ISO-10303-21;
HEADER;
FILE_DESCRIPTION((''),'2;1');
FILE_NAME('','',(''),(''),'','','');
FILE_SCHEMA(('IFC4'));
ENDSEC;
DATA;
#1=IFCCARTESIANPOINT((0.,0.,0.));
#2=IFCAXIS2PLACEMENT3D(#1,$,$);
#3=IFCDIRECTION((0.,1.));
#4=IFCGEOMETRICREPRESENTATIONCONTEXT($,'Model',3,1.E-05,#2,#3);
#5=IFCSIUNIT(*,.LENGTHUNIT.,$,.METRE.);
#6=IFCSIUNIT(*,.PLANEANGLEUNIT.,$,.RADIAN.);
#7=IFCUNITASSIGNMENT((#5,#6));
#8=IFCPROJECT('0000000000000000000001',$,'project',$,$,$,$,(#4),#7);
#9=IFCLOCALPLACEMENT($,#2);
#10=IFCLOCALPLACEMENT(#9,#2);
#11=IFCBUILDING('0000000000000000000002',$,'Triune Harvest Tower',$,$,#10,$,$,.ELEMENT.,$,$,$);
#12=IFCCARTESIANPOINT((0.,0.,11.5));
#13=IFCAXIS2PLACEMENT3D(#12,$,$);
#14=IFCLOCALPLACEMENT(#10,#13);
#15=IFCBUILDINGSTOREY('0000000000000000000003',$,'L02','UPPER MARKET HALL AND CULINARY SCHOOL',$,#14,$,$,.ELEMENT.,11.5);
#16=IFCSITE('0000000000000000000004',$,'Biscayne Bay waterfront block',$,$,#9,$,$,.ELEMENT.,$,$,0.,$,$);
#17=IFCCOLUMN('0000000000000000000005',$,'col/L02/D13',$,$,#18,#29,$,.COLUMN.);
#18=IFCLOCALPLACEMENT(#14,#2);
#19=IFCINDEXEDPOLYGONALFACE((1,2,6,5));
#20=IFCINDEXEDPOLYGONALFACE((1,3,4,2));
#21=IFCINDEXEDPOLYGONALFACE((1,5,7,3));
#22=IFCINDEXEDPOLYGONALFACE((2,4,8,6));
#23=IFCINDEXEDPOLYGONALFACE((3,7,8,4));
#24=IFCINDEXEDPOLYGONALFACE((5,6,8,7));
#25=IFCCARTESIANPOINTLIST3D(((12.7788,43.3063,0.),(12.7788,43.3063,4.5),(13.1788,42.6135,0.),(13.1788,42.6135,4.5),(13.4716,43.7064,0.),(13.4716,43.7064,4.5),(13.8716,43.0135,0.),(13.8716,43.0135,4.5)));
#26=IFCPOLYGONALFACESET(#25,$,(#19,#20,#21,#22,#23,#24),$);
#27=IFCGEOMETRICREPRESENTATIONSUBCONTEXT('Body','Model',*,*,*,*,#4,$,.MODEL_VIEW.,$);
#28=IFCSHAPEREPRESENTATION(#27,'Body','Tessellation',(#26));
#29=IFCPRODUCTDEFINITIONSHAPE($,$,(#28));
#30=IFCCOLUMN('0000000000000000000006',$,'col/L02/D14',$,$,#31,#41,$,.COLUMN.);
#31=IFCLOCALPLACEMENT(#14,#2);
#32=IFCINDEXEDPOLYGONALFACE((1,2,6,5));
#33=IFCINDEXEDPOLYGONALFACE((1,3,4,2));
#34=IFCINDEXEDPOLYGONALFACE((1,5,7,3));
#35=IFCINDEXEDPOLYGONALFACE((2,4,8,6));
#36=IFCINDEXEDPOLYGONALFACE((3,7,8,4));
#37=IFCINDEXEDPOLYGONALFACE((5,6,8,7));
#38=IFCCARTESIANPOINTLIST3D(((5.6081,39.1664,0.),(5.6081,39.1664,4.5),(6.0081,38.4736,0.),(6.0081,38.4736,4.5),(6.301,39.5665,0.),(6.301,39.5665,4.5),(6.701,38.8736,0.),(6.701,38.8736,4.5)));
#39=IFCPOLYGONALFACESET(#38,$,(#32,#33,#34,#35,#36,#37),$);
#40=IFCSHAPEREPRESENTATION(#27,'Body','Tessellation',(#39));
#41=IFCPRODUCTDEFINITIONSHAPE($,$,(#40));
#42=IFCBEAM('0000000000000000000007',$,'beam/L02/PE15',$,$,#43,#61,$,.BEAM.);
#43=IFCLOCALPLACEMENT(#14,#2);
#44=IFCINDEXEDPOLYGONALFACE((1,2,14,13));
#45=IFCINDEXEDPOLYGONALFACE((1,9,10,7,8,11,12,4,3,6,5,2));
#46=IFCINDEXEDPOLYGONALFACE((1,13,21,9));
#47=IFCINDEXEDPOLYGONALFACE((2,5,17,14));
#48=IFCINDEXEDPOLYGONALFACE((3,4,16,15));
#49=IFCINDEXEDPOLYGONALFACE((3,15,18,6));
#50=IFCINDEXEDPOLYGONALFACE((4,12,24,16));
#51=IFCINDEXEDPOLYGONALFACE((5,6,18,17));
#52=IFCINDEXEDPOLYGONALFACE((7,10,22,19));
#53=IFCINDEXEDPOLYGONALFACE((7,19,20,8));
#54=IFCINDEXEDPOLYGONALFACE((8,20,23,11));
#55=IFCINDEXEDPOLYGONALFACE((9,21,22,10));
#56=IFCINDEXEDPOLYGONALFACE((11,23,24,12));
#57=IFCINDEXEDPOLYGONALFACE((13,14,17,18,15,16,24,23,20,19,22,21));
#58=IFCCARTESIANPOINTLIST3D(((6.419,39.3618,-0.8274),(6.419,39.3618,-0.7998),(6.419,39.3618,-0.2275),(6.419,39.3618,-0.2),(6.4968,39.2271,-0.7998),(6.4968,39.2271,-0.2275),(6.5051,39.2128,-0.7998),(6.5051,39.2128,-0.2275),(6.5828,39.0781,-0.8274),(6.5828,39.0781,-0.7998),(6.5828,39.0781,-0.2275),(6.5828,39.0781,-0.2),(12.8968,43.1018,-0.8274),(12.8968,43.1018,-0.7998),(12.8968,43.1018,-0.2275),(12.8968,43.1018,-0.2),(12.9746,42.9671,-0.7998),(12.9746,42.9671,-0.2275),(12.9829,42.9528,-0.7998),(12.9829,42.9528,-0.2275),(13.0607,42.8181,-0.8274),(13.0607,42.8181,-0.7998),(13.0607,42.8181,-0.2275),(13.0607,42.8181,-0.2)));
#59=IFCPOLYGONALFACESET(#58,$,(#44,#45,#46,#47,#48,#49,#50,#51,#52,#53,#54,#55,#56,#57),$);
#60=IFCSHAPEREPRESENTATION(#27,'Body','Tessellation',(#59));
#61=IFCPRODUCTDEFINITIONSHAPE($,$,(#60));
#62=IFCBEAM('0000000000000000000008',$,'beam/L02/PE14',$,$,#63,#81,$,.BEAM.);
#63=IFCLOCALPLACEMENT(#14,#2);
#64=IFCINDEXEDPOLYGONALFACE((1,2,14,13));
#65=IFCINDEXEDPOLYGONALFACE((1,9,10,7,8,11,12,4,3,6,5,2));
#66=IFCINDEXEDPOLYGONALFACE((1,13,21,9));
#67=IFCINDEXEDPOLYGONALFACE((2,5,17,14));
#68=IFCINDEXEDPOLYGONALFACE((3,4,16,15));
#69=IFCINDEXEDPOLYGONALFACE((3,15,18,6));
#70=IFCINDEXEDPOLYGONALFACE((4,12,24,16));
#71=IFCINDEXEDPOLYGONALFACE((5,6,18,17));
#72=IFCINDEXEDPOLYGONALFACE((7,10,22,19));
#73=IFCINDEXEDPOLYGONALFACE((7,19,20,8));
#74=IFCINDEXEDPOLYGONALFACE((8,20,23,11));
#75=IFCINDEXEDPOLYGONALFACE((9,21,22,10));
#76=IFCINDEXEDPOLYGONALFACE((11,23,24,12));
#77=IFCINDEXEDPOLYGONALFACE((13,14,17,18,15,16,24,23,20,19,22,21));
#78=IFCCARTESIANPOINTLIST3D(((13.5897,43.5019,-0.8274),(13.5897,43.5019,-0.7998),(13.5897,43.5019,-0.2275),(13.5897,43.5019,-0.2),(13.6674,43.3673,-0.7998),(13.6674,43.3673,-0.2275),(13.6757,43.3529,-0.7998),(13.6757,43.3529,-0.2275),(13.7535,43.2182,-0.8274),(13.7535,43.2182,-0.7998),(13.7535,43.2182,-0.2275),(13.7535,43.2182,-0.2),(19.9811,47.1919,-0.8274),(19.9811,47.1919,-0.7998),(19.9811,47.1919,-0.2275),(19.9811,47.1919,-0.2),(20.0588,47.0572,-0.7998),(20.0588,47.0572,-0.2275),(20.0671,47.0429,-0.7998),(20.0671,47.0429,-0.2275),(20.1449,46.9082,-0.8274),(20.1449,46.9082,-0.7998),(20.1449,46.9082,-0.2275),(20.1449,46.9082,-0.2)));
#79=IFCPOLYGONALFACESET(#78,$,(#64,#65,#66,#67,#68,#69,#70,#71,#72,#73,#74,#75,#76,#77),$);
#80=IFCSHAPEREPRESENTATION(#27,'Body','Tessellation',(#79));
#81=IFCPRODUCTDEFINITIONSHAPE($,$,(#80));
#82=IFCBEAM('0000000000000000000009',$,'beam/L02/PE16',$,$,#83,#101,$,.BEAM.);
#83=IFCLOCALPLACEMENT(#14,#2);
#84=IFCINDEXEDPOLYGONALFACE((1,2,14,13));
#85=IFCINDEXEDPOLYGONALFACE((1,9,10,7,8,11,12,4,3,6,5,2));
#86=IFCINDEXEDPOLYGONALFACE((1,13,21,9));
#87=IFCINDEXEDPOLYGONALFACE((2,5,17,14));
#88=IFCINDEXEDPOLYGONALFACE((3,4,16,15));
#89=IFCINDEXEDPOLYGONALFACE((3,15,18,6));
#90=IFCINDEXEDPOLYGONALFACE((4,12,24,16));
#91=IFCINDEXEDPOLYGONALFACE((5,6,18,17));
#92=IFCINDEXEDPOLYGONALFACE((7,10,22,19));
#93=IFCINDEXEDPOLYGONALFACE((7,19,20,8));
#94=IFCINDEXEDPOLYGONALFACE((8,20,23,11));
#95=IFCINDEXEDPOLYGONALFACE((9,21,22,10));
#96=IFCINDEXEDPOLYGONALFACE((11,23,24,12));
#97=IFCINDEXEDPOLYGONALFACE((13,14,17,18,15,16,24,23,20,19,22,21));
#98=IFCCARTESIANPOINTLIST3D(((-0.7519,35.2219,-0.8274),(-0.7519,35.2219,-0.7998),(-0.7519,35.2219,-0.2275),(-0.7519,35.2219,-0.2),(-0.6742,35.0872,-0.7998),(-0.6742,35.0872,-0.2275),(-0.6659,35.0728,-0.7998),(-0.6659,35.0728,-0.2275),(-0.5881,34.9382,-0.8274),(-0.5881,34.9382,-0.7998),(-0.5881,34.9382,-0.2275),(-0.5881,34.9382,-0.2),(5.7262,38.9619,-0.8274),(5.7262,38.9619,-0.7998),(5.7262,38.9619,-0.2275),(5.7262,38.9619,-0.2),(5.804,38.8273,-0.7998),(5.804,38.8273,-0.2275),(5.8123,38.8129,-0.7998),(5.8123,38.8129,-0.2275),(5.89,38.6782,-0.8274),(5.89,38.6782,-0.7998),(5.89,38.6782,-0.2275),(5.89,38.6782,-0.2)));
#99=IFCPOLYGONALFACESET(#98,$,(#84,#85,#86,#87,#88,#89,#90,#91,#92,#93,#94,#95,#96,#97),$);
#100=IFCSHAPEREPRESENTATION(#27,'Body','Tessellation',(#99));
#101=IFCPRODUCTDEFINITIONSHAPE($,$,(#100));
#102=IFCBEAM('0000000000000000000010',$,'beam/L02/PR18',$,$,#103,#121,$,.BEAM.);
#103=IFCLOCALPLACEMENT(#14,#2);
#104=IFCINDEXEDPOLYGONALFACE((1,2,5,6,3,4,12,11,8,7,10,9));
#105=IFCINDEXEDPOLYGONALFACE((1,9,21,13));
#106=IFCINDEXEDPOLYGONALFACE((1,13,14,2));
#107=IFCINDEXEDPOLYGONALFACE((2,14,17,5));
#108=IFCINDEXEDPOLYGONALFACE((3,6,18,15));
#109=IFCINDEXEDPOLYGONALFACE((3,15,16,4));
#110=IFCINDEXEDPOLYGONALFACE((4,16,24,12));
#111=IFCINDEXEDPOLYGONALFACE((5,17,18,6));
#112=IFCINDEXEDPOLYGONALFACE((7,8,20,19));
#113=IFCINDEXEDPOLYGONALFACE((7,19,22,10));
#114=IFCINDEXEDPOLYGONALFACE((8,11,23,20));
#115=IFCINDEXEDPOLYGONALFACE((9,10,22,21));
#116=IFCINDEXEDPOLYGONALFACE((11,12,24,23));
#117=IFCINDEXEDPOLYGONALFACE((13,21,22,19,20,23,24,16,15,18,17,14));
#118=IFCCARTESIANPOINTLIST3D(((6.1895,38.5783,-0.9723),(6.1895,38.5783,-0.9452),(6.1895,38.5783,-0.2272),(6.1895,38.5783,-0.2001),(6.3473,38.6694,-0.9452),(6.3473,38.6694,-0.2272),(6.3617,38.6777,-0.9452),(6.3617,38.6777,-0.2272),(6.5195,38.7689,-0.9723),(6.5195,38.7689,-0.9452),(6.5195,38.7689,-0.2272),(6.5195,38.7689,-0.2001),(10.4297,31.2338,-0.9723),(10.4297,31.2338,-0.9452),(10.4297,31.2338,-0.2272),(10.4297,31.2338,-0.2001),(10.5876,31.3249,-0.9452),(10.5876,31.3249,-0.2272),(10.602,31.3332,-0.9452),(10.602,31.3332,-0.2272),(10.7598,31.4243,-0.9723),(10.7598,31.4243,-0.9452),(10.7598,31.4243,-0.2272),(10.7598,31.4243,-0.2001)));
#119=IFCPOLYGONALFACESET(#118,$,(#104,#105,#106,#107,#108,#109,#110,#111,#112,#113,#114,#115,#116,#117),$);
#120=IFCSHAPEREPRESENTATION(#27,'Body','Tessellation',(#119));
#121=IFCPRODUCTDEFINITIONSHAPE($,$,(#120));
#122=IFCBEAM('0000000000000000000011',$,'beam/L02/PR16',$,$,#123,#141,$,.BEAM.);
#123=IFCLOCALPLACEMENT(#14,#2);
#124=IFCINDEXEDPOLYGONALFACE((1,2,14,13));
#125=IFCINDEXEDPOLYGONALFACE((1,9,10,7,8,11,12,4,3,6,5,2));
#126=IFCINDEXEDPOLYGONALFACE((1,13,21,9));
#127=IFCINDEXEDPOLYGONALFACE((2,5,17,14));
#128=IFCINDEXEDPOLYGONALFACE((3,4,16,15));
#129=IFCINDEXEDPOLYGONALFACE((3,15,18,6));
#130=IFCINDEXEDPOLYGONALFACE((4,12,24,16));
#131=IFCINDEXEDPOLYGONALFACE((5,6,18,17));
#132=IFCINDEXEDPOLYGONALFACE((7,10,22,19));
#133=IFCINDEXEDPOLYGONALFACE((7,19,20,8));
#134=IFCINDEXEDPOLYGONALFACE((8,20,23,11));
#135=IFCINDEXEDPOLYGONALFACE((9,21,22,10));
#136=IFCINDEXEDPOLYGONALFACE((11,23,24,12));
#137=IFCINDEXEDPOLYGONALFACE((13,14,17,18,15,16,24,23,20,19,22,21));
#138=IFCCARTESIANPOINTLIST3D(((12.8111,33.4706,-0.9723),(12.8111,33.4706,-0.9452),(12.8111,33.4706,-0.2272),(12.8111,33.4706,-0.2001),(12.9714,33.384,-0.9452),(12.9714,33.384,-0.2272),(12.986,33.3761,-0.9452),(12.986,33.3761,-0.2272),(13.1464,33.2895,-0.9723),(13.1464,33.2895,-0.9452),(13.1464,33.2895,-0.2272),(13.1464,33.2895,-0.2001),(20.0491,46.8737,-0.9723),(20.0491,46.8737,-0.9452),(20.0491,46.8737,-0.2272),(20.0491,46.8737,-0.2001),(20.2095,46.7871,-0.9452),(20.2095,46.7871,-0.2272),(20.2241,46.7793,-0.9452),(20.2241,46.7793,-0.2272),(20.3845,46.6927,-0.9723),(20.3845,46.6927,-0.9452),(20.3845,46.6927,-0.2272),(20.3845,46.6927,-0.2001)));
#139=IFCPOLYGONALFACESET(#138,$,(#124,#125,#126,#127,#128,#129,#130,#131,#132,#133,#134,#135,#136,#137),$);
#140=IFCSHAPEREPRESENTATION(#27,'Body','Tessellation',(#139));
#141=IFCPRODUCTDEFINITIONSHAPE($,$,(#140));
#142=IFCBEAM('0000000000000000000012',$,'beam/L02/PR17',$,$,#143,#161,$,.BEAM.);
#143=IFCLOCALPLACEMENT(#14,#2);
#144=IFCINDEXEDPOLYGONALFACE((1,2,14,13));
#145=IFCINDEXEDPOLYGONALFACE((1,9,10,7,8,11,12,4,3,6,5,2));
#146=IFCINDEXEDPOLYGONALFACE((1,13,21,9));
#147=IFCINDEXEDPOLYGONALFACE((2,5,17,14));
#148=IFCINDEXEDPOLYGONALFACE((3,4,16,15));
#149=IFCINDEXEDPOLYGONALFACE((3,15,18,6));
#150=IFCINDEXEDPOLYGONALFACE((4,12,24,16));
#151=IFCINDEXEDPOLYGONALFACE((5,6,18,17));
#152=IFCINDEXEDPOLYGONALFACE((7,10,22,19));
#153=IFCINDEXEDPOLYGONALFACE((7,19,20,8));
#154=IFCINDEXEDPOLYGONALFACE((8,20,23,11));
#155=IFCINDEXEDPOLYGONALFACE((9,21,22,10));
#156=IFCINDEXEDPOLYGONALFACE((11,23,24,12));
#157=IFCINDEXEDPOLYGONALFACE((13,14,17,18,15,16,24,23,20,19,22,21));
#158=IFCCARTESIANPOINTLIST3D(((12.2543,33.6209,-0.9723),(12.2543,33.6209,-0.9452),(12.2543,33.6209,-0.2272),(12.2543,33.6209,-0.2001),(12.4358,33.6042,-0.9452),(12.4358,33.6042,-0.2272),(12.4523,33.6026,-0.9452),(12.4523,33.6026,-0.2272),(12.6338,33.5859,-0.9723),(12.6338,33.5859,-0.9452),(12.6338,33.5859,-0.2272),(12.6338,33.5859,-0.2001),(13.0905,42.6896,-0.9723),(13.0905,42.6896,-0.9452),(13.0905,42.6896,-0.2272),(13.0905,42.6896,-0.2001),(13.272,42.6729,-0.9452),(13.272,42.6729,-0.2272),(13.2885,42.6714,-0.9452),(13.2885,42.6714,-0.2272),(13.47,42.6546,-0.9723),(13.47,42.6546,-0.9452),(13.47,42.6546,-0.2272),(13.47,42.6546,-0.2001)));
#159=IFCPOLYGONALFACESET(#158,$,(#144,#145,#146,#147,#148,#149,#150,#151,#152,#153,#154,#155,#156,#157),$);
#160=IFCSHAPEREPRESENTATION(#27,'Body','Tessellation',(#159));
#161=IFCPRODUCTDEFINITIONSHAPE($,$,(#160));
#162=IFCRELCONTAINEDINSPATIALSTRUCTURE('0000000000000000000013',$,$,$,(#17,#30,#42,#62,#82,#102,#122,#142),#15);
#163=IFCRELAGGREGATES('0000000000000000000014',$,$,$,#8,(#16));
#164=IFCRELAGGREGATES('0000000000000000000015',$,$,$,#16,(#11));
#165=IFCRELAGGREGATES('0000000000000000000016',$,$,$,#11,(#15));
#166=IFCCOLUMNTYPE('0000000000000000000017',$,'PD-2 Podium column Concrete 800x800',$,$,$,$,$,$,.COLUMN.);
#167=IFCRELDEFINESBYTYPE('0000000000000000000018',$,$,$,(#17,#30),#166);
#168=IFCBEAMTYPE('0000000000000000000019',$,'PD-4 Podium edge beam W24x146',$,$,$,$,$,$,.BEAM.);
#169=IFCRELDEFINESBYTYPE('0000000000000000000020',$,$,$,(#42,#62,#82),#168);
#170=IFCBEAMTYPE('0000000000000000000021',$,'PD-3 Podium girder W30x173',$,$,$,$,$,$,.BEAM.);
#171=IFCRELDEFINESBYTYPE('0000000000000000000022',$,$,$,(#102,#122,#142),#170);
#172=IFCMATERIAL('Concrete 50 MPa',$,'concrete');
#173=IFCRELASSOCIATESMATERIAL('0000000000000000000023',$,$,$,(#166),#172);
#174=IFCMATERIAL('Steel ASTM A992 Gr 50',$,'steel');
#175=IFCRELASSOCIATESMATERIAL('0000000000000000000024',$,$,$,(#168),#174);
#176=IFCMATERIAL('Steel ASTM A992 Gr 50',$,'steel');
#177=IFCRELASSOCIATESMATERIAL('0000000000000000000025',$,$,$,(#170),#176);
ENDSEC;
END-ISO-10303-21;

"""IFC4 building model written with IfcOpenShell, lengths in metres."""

from ifc_helpers import new_model, si_unit, direction, frame, origin, origin_2d, place, context, subcontext, project, spatial, rectangle, i_section, extrude, source, transform, mapped, material, material_profile, profile_set, type_object, element, save


model = new_model("IFC4")

# Units and contexts
model_context = context("Model", 3, precision=1e-05, world=origin(), true_north=direction((0.0, 1.0)))
body_context = subcontext(model_context, "Body", "Model", "MODEL_VIEW")
ifc_project = project(units=[si_unit("LENGTHUNIT", "METRE"), si_unit("PLANEANGLEUNIT", "RADIAN")], contexts=[model_context])

# Site, building, storey
site_placement = place(None, origin())
site = spatial("IfcSite", under=ifc_project, at=site_placement, Name="Biscayne Bay waterfront block", CompositionType="ELEMENT", RefElevation=0.0)
building_placement = place(site_placement, origin())
building = spatial("IfcBuilding", under=site, at=building_placement, Name="Triune Harvest Tower", CompositionType="ELEMENT")
storey_placement = place(building_placement, frame((0.0, 0.0, 11.5)))
storey = spatial("IfcBuildingStorey", under=building, at=storey_placement, Name="L02", Description="UPPER MARKET HALL AND CULINARY SCHOOL", CompositionType="ELEMENT", Elevation=11.5)

# Columns
ifc_material_1 = material(Name="Concrete 50 MPa", Category="concrete")
ifc_material_profile_1 = material_profile(ifc_material_1, rectangle(XDim=0.8, YDim=0.8, at=origin_2d()), Name="Concrete 800x800")
ifc_profile_set_1 = profile_set([ifc_material_profile_1], Name="Concrete 50 MPa")
column_type = type_object("IfcColumnType", Name="PD-2 Podium column Concrete 800x800", PredefinedType="COLUMN", material=ifc_profile_set_1)
shared_shape_1 = source(origin(), body_context, "Body", "SweptSolid", [
    extrude(rectangle(XDim=0.8, YDim=0.8, at=origin_2d()), origin(), (0.0, 0.0, 1.0), 4.5),
])
for number, where, z_axis, x_axis, name in (
    (1, (13.3252, 43.1599, 0.0), (0.0, 0.0, 1.0), (-0.866025, -0.5, 0.0), "col/L02/D13"),
    (2, (6.1545, 39.02, 0.0), (0.0, 0.0, 1.0), (-0.866025, -0.5, 0.0), "col/L02/D14"),
):
    element("IfcColumn", number, at=place(storey_placement, frame(where, z_axis=z_axis, x_axis=x_axis)), inside=storey, type_object=column_type, Name=name, PredefinedType="COLUMN", context=body_context, shape_type="MappedRepresentation", body=[
        mapped(shared_shape_1, transform((0.0, 0.0, 0.0), scale=1.0)),
    ])

# Beams
ifc_material_2 = material(Name="Steel ASTM A992 Gr 50", Category="steel")
ifc_material_profile_2 = material_profile(ifc_material_2, i_section(OverallWidth=0.3276, OverallDepth=0.6274, WebThickness=0.0166, FlangeThickness=0.0276, at=origin_2d()), Name="W24x146")
ifc_profile_set_2 = profile_set([ifc_material_profile_2], Name="Steel ASTM A992 Gr 50")
beam_type_1 = type_object("IfcBeamType", Name="PD-4 Podium edge beam W24x146", PredefinedType="BEAM", material=ifc_profile_set_2)
shared_shape_2 = source(origin(), body_context, "Body", "SweptSolid", [
    extrude(i_section(OverallWidth=0.3276, OverallDepth=0.6274, WebThickness=0.0166, FlangeThickness=0.0276, at=origin_2d()), origin(), (0.0, 0.0, 1.0), 7.48),
])
beam_1_placement = place(storey_placement, frame((12.9788, 42.96, -0.5137), z_axis=(-0.866023, -0.500004, 0.0), x_axis=(0.500004, -0.866023, 0.0)))
element("IfcBeam", 3, at=beam_1_placement, inside=storey, type_object=beam_type_1, Name="beam/L02/PE15", PredefinedType="BEAM", context=body_context, shape_type="MappedRepresentation", body=[
    mapped(shared_shape_2, transform((0.0, 0.0, 0.0), scale=1.0)),
])
shared_shape_3 = source(origin(), body_context, "Body", "SweptSolid", [
    extrude(i_section(OverallWidth=0.3276, OverallDepth=0.6274, WebThickness=0.0166, FlangeThickness=0.0276, at=origin_2d()), origin(), (0.0, 0.0, 1.0), 7.3801),
])
beam_2_placement = place(storey_placement, frame((20.063, 47.05, -0.5137), z_axis=(-0.866032, -0.499989, 0.0), x_axis=(0.499989, -0.866032, 0.0)))
element("IfcBeam", 4, at=beam_2_placement, inside=storey, type_object=beam_type_1, Name="beam/L02/PE14", PredefinedType="BEAM", context=body_context, shape_type="MappedRepresentation", body=[
    mapped(shared_shape_3, transform((0.0, 0.0, 0.0), scale=1.0)),
])
shared_shape_4 = source(origin(), body_context, "Body", "SweptSolid", [
    extrude(i_section(OverallWidth=0.3276, OverallDepth=0.6274, WebThickness=0.0166, FlangeThickness=0.0276, at=origin_2d()), origin(), (0.0, 0.0, 1.0), 7.4802),
])
beam_3_placement = place(storey_placement, frame((5.8081, 38.8201, -0.5137), z_axis=(-0.866031, -0.49999, 0.0), x_axis=(0.49999, -0.866031, 0.0)))
element("IfcBeam", 5, at=beam_3_placement, inside=storey, type_object=beam_type_1, Name="beam/L02/PE16", PredefinedType="BEAM", context=body_context, shape_type="MappedRepresentation", body=[
    mapped(shared_shape_4, transform((0.0, 0.0, 0.0), scale=1.0)),
])
ifc_material_3 = material(Name="Steel ASTM A992 Gr 50", Category="steel")
ifc_material_profile_3 = material_profile(ifc_material_3, i_section(OverallWidth=0.3811, OverallDepth=0.7722, WebThickness=0.0166, FlangeThickness=0.0271, at=origin_2d()), Name="W30x173")
ifc_profile_set_3 = profile_set([ifc_material_profile_3], Name="Steel ASTM A992 Gr 50")
beam_type_2 = type_object("IfcBeamType", Name="PD-3 Podium girder W30x173", PredefinedType="BEAM", material=ifc_profile_set_3)
shared_shape_5 = source(origin(), body_context, "Body", "SweptSolid", [
    extrude(i_section(OverallWidth=0.3811, OverallDepth=0.7722, WebThickness=0.0166, FlangeThickness=0.0271, at=origin_2d()), origin(), (0.0, 0.0, 1.0), 8.4807),
])
beam_4_placement = place(storey_placement, frame((6.3545, 38.6736, -0.5862), z_axis=(0.499991, -0.866031, 0.0), x_axis=(0.866031, 0.499991, 0.0)))
element("IfcBeam", 6, at=beam_4_placement, inside=storey, type_object=beam_type_2, Name="beam/L02/PR18", PredefinedType="BEAM", context=body_context, shape_type="MappedRepresentation", body=[
    mapped(shared_shape_5, transform((0.0, 0.0, 0.0), scale=1.0)),
])
shared_shape_6 = source(origin(), body_context, "Body", "SweptSolid", [
    extrude(i_section(OverallWidth=0.3811, OverallDepth=0.7722, WebThickness=0.0166, FlangeThickness=0.0271, at=origin_2d()), origin(), (0.0, 0.0, 1.0), 15.2327),
])
beam_5_placement = place(storey_placement, frame((20.2168, 46.7832, -0.5862), z_axis=(-0.475168, -0.879895, 0.0), x_axis=(0.879895, -0.475168, 0.0)))
element("IfcBeam", 7, at=beam_5_placement, inside=storey, type_object=beam_type_2, Name="beam/L02/PR16", PredefinedType="BEAM", context=body_context, shape_type="MappedRepresentation", body=[
    mapped(shared_shape_6, transform((0.0, 0.0, 0.0), scale=1.0)),
])
shared_shape_7 = source(origin(), body_context, "Body", "SweptSolid", [
    extrude(i_section(OverallWidth=0.3811, OverallDepth=0.7722, WebThickness=0.0166, FlangeThickness=0.0271, at=origin_2d()), origin(), (0.0, 0.0, 1.0), 9.1072),
])
beam_6_placement = place(storey_placement, frame((13.2803, 42.6721, -0.5862), z_axis=(-0.091817, -0.995776, 0.0), x_axis=(0.995776, -0.091817, 0.0)))
element("IfcBeam", 8, at=beam_6_placement, inside=storey, type_object=beam_type_2, Name="beam/L02/PR17", PredefinedType="BEAM", context=body_context, shape_type="MappedRepresentation", body=[
    mapped(shared_shape_7, transform((0.0, 0.0, 0.0), scale=1.0)),
])

save(model, "model.ifc")
